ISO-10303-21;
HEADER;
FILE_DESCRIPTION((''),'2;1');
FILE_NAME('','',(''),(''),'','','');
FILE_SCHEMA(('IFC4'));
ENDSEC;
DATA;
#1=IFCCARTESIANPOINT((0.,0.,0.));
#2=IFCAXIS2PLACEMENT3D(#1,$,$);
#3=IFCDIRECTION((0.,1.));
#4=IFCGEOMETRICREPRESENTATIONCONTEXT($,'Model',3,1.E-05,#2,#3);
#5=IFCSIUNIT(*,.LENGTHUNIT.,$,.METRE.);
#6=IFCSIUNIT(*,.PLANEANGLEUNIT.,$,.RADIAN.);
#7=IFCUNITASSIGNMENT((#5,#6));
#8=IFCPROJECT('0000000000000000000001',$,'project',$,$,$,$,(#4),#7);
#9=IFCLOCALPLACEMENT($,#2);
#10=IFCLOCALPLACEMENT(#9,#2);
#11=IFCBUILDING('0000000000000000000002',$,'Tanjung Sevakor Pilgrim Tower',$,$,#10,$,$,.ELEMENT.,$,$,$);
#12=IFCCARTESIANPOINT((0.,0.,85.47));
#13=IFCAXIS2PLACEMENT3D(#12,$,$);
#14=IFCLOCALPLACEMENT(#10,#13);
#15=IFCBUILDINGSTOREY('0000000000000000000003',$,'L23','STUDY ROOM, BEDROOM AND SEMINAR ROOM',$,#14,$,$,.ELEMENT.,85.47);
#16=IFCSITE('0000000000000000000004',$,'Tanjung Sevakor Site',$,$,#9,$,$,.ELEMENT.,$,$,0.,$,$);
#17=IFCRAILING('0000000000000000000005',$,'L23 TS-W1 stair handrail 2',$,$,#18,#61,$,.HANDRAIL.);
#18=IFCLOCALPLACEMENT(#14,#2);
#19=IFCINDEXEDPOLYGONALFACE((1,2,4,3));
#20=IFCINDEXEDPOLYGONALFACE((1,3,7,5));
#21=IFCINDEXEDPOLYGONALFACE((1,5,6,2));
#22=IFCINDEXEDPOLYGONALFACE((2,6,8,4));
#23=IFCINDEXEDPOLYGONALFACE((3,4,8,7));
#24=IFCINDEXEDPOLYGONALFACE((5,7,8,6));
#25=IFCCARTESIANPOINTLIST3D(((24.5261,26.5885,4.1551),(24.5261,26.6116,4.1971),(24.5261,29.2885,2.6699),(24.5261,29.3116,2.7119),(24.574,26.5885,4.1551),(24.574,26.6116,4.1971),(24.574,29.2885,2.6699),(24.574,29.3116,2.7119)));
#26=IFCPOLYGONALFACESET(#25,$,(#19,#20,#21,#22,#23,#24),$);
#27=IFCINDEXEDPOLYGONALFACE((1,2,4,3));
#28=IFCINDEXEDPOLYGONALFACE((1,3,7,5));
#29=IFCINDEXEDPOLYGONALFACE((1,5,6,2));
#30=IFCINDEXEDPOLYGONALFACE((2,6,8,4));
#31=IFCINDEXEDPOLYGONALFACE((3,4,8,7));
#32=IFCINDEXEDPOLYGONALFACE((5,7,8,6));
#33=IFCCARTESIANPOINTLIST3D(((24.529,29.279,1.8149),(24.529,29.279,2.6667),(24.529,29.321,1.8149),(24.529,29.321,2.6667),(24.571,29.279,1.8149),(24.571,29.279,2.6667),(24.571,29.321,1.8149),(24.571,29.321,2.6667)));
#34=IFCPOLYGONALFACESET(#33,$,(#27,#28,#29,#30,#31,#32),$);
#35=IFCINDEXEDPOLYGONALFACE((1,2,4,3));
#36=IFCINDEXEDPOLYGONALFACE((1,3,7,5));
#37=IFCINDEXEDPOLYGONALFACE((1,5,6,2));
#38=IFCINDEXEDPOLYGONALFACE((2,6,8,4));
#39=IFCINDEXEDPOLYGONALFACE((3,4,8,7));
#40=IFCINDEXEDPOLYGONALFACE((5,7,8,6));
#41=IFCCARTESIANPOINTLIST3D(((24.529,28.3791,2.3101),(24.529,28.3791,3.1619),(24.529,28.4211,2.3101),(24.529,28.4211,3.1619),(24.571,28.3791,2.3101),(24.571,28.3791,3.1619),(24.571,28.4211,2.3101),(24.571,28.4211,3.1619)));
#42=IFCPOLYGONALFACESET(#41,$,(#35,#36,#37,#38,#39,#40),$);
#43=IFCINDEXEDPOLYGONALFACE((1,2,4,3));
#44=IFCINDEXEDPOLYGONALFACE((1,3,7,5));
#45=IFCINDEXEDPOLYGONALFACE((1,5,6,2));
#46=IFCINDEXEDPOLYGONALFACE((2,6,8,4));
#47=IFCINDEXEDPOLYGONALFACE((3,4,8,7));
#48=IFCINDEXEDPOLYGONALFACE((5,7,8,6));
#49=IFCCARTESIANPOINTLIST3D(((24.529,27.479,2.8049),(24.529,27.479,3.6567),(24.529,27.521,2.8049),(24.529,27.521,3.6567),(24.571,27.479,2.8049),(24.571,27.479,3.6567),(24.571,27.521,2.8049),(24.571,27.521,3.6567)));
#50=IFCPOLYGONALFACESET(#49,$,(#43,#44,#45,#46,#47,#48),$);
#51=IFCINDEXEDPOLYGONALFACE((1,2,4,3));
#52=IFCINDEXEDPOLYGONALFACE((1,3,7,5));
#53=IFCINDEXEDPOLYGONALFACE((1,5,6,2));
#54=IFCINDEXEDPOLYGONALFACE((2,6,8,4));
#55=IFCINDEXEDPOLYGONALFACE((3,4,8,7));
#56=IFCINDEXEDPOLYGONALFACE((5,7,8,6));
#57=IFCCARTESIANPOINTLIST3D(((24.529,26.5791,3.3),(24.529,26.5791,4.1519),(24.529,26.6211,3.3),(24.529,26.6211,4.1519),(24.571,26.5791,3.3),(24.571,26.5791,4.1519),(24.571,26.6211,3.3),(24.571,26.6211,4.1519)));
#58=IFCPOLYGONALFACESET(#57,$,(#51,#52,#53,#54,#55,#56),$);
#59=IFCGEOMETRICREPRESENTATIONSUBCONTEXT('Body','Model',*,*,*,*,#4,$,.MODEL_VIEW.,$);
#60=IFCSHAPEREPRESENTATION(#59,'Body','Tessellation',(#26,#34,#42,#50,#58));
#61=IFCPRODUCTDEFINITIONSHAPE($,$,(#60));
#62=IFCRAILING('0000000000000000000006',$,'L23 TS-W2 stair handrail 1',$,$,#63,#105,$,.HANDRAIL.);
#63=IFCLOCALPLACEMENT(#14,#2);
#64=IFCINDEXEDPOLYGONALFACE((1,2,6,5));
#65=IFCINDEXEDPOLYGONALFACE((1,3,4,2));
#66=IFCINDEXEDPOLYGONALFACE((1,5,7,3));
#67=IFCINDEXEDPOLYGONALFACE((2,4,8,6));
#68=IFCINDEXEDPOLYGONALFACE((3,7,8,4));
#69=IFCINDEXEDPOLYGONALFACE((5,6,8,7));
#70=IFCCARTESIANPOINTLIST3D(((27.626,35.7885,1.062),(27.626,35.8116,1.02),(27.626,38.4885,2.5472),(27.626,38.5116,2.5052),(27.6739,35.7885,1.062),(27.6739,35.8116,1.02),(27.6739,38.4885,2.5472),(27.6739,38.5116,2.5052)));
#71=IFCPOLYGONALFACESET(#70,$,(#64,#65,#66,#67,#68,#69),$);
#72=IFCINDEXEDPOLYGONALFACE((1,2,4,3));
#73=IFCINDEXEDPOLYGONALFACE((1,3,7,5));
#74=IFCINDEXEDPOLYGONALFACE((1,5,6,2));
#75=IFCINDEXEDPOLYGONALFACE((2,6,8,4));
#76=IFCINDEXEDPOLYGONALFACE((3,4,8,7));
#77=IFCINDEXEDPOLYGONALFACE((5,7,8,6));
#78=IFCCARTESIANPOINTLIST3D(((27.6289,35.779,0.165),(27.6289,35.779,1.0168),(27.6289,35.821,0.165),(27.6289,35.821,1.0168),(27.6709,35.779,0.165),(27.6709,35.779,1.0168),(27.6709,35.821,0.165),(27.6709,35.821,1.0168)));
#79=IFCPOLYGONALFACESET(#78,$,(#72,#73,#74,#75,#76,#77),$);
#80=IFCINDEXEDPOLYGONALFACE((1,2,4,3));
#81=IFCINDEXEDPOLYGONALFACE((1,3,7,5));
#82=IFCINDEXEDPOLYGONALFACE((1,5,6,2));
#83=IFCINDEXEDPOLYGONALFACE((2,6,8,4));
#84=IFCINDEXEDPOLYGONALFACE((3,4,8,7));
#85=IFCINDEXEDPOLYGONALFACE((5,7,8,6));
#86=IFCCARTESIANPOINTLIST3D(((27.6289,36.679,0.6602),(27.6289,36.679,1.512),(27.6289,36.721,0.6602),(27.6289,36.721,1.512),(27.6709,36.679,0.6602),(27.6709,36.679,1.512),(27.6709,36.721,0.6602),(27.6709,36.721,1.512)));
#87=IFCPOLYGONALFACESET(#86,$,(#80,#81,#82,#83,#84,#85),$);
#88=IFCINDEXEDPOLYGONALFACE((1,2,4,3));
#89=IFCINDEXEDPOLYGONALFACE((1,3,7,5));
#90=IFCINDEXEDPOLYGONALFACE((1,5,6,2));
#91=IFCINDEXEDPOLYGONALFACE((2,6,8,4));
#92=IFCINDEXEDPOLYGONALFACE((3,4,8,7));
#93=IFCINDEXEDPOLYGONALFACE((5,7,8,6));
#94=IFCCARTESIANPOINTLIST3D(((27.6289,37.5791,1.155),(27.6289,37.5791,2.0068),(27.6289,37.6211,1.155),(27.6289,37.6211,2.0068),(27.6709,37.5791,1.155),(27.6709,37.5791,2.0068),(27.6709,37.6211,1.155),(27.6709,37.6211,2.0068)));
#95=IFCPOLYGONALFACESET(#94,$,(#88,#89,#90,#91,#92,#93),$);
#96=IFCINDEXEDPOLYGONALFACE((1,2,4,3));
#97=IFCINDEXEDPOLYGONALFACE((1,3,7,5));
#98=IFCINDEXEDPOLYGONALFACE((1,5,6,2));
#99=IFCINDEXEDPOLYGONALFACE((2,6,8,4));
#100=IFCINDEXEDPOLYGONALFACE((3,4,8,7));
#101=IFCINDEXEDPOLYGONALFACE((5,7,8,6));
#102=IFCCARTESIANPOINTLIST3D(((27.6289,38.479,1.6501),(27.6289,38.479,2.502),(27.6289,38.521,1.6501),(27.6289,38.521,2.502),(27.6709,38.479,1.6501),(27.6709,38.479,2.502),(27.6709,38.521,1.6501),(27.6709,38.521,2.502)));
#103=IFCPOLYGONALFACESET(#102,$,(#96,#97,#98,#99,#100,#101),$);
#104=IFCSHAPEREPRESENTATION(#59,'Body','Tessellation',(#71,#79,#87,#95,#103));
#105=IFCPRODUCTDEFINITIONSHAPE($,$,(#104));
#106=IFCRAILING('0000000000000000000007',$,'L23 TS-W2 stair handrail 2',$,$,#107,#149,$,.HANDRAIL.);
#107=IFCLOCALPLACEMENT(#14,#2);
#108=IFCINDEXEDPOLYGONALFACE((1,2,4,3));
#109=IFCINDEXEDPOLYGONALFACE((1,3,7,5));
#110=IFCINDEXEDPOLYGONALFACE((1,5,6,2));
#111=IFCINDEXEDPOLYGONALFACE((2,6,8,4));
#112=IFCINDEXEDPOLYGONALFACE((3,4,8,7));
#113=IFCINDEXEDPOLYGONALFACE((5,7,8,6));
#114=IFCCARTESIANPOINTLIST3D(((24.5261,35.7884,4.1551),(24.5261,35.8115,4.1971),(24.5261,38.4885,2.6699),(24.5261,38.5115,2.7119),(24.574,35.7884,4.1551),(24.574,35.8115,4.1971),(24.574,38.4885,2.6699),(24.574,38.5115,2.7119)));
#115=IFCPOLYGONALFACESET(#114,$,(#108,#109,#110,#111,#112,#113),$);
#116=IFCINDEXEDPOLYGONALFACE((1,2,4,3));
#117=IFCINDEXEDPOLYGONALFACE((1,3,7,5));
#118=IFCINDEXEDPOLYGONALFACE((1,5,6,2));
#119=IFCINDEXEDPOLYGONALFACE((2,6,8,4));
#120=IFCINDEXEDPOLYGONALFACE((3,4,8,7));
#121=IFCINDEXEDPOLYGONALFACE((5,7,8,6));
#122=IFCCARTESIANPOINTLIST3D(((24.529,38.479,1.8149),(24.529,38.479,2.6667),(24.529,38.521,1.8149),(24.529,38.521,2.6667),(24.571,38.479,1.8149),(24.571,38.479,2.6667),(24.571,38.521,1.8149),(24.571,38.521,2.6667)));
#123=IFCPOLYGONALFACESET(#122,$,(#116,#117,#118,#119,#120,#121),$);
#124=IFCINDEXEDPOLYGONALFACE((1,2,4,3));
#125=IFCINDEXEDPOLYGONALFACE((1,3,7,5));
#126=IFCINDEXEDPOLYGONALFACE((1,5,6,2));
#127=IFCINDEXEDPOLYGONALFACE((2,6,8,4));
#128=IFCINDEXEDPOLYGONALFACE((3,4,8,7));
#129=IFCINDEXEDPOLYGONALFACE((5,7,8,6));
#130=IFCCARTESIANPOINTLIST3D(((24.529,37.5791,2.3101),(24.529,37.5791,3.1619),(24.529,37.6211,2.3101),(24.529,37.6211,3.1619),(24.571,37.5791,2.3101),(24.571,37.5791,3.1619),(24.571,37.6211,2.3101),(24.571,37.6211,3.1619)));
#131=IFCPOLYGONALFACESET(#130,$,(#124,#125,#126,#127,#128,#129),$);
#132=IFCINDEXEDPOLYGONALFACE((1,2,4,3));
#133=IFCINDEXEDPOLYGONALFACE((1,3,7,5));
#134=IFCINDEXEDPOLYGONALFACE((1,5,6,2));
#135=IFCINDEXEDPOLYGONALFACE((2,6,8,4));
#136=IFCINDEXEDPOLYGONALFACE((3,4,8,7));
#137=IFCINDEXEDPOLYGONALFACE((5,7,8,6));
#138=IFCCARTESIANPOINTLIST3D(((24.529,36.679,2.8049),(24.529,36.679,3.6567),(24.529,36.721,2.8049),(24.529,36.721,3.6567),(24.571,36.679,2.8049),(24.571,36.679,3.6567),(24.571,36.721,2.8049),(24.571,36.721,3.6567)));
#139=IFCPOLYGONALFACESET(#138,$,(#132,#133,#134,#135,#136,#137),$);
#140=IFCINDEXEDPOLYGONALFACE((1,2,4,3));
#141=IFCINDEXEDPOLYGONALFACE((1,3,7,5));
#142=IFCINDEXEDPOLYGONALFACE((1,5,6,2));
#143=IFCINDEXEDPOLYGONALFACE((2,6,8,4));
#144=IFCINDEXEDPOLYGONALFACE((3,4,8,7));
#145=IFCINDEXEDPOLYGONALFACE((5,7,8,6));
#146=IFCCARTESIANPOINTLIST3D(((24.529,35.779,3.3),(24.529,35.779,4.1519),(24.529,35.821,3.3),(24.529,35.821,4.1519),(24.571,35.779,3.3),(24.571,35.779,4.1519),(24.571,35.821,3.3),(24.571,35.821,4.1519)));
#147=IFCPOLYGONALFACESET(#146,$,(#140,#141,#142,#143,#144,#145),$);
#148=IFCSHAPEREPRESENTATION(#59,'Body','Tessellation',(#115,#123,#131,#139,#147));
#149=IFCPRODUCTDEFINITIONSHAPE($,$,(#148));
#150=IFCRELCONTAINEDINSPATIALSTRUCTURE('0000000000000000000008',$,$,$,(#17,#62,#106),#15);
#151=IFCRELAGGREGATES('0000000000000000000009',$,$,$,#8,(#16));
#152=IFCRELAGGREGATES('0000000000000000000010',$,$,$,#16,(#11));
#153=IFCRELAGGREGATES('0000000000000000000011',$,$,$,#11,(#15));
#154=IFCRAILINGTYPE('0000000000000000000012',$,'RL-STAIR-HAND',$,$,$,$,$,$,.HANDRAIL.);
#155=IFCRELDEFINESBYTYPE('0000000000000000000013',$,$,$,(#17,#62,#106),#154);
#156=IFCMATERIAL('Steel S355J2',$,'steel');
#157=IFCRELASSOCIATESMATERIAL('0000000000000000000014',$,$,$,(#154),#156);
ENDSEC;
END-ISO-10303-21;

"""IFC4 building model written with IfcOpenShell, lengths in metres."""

from ifc_helpers import new_model, si_unit, direction, frame, origin, place, context, subcontext, project, spatial, rectangle, extrude, material, type_object, element, save


model = new_model("IFC4")

# Units and contexts
model_context = context("Model", 3, precision=1e-05, world=origin(), true_north=direction((0.0, 1.0)))
body_context = subcontext(model_context, "Body", "Model", "MODEL_VIEW")
ifc_project = project(units=[si_unit("LENGTHUNIT", "METRE"), si_unit("PLANEANGLEUNIT", "RADIAN")], contexts=[model_context])

# Site, building, storey
site_placement = place(None, origin())
site = spatial("IfcSite", under=ifc_project, at=site_placement, Name="Tanjung Sevakor Site", CompositionType="ELEMENT", RefElevation=0.0)
building_placement = place(site_placement, origin())
building = spatial("IfcBuilding", under=site, at=building_placement, Name="Tanjung Sevakor Pilgrim Tower", CompositionType="ELEMENT")
storey_placement = place(building_placement, frame((0.0, 0.0, 85.47)))
storey = spatial("IfcBuildingStorey", under=building, at=storey_placement, Name="L23", Description="STUDY ROOM, BEDROOM AND SEMINAR ROOM", CompositionType="ELEMENT", Elevation=85.47)

# Railings
ifc_material_1 = material(Name="Steel S355J2", Category="steel")
railing_type_1 = type_object("IfcRailingType", Name="RL-STAIR-HAND", PredefinedType="HANDRAIL", material=ifc_material_1)
railing_1_placement = place(storey_placement, frame((24.55, 29.3, 1.8149)))
element("IfcRailing", 1, at=railing_1_placement, inside=storey, type_object=railing_type_1, Name="L23 TS-W1 stair handrail 2", PredefinedType="HANDRAIL", context=body_context, shape_type="SweptSolid", body=[
    extrude(rectangle(XDim=0.0479, YDim=0.0479), frame((0.0, 0.0, 0.876), z_axis=(0.0, -0.876198, 0.481952), x_axis=(1.0, 0.0, 0.0)), (0.0, 0.0, 1.0), 3.0815),
    extrude(rectangle(XDim=0.042, YDim=0.042), origin(), (0.0, 0.0, 1.0), 0.8518),
    extrude(rectangle(XDim=0.042, YDim=0.042), frame((0.0, -0.8999, 0.4951)), (0.0, 0.0, 1.0), 0.8518),
    extrude(rectangle(XDim=0.042, YDim=0.042), frame((0.0, -1.8, 0.99)), (0.0, 0.0, 1.0), 0.8518),
    extrude(rectangle(XDim=0.042, YDim=0.042), frame((0.0, -2.7, 1.4851)), (0.0, 0.0, 1.0), 0.8518),
])
railing_2_placement = place(storey_placement, frame((27.6499, 35.8, 0.165)))
element("IfcRailing", 2, at=railing_2_placement, inside=storey, type_object=railing_type_1, Name="L23 TS-W2 stair handrail 1", PredefinedType="HANDRAIL", context=body_context, shape_type="SweptSolid", body=[
    extrude(rectangle(XDim=0.0479, YDim=0.0479), frame((0.0, 0.0, 0.876), z_axis=(0.0, 0.876198, 0.481952), x_axis=(-1.0, 0.0, 0.0)), (0.0, 0.0, 1.0), 3.0815),
    extrude(rectangle(XDim=0.042, YDim=0.042), origin(), (0.0, 0.0, 1.0), 0.8518),
    extrude(rectangle(XDim=0.042, YDim=0.042), frame((0.0, 0.8999, 0.4951)), (0.0, 0.0, 1.0), 0.8518),
    extrude(rectangle(XDim=0.042, YDim=0.042), frame((0.0, 1.8, 0.99)), (0.0, 0.0, 1.0), 0.8518),
    extrude(rectangle(XDim=0.042, YDim=0.042), frame((0.0, 2.7, 1.4851)), (0.0, 0.0, 1.0), 0.8518),
])
railing_3_placement = place(storey_placement, frame((24.55, 38.5, 1.8149)))
element("IfcRailing", 3, at=railing_3_placement, inside=storey, type_object=railing_type_1, Name="L23 TS-W2 stair handrail 2", PredefinedType="HANDRAIL", context=body_context, shape_type="SweptSolid", body=[
    extrude(rectangle(XDim=0.0479, YDim=0.0479), frame((0.0, 0.0, 0.876), z_axis=(0.0, -0.876198, 0.481952), x_axis=(1.0, 0.0, 0.0)), (0.0, 0.0, 1.0), 3.0815),
    extrude(rectangle(XDim=0.042, YDim=0.042), origin(), (0.0, 0.0, 1.0), 0.8518),
    extrude(rectangle(XDim=0.042, YDim=0.042), frame((0.0, -0.8999, 0.4951)), (0.0, 0.0, 1.0), 0.8518),
    extrude(rectangle(XDim=0.042, YDim=0.042), frame((0.0, -1.8, 0.99)), (0.0, 0.0, 1.0), 0.8518),
    extrude(rectangle(XDim=0.042, YDim=0.042), frame((0.0, -2.7, 1.4851)), (0.0, 0.0, 1.0), 0.8518),
])

save(model, "model.ifc")
